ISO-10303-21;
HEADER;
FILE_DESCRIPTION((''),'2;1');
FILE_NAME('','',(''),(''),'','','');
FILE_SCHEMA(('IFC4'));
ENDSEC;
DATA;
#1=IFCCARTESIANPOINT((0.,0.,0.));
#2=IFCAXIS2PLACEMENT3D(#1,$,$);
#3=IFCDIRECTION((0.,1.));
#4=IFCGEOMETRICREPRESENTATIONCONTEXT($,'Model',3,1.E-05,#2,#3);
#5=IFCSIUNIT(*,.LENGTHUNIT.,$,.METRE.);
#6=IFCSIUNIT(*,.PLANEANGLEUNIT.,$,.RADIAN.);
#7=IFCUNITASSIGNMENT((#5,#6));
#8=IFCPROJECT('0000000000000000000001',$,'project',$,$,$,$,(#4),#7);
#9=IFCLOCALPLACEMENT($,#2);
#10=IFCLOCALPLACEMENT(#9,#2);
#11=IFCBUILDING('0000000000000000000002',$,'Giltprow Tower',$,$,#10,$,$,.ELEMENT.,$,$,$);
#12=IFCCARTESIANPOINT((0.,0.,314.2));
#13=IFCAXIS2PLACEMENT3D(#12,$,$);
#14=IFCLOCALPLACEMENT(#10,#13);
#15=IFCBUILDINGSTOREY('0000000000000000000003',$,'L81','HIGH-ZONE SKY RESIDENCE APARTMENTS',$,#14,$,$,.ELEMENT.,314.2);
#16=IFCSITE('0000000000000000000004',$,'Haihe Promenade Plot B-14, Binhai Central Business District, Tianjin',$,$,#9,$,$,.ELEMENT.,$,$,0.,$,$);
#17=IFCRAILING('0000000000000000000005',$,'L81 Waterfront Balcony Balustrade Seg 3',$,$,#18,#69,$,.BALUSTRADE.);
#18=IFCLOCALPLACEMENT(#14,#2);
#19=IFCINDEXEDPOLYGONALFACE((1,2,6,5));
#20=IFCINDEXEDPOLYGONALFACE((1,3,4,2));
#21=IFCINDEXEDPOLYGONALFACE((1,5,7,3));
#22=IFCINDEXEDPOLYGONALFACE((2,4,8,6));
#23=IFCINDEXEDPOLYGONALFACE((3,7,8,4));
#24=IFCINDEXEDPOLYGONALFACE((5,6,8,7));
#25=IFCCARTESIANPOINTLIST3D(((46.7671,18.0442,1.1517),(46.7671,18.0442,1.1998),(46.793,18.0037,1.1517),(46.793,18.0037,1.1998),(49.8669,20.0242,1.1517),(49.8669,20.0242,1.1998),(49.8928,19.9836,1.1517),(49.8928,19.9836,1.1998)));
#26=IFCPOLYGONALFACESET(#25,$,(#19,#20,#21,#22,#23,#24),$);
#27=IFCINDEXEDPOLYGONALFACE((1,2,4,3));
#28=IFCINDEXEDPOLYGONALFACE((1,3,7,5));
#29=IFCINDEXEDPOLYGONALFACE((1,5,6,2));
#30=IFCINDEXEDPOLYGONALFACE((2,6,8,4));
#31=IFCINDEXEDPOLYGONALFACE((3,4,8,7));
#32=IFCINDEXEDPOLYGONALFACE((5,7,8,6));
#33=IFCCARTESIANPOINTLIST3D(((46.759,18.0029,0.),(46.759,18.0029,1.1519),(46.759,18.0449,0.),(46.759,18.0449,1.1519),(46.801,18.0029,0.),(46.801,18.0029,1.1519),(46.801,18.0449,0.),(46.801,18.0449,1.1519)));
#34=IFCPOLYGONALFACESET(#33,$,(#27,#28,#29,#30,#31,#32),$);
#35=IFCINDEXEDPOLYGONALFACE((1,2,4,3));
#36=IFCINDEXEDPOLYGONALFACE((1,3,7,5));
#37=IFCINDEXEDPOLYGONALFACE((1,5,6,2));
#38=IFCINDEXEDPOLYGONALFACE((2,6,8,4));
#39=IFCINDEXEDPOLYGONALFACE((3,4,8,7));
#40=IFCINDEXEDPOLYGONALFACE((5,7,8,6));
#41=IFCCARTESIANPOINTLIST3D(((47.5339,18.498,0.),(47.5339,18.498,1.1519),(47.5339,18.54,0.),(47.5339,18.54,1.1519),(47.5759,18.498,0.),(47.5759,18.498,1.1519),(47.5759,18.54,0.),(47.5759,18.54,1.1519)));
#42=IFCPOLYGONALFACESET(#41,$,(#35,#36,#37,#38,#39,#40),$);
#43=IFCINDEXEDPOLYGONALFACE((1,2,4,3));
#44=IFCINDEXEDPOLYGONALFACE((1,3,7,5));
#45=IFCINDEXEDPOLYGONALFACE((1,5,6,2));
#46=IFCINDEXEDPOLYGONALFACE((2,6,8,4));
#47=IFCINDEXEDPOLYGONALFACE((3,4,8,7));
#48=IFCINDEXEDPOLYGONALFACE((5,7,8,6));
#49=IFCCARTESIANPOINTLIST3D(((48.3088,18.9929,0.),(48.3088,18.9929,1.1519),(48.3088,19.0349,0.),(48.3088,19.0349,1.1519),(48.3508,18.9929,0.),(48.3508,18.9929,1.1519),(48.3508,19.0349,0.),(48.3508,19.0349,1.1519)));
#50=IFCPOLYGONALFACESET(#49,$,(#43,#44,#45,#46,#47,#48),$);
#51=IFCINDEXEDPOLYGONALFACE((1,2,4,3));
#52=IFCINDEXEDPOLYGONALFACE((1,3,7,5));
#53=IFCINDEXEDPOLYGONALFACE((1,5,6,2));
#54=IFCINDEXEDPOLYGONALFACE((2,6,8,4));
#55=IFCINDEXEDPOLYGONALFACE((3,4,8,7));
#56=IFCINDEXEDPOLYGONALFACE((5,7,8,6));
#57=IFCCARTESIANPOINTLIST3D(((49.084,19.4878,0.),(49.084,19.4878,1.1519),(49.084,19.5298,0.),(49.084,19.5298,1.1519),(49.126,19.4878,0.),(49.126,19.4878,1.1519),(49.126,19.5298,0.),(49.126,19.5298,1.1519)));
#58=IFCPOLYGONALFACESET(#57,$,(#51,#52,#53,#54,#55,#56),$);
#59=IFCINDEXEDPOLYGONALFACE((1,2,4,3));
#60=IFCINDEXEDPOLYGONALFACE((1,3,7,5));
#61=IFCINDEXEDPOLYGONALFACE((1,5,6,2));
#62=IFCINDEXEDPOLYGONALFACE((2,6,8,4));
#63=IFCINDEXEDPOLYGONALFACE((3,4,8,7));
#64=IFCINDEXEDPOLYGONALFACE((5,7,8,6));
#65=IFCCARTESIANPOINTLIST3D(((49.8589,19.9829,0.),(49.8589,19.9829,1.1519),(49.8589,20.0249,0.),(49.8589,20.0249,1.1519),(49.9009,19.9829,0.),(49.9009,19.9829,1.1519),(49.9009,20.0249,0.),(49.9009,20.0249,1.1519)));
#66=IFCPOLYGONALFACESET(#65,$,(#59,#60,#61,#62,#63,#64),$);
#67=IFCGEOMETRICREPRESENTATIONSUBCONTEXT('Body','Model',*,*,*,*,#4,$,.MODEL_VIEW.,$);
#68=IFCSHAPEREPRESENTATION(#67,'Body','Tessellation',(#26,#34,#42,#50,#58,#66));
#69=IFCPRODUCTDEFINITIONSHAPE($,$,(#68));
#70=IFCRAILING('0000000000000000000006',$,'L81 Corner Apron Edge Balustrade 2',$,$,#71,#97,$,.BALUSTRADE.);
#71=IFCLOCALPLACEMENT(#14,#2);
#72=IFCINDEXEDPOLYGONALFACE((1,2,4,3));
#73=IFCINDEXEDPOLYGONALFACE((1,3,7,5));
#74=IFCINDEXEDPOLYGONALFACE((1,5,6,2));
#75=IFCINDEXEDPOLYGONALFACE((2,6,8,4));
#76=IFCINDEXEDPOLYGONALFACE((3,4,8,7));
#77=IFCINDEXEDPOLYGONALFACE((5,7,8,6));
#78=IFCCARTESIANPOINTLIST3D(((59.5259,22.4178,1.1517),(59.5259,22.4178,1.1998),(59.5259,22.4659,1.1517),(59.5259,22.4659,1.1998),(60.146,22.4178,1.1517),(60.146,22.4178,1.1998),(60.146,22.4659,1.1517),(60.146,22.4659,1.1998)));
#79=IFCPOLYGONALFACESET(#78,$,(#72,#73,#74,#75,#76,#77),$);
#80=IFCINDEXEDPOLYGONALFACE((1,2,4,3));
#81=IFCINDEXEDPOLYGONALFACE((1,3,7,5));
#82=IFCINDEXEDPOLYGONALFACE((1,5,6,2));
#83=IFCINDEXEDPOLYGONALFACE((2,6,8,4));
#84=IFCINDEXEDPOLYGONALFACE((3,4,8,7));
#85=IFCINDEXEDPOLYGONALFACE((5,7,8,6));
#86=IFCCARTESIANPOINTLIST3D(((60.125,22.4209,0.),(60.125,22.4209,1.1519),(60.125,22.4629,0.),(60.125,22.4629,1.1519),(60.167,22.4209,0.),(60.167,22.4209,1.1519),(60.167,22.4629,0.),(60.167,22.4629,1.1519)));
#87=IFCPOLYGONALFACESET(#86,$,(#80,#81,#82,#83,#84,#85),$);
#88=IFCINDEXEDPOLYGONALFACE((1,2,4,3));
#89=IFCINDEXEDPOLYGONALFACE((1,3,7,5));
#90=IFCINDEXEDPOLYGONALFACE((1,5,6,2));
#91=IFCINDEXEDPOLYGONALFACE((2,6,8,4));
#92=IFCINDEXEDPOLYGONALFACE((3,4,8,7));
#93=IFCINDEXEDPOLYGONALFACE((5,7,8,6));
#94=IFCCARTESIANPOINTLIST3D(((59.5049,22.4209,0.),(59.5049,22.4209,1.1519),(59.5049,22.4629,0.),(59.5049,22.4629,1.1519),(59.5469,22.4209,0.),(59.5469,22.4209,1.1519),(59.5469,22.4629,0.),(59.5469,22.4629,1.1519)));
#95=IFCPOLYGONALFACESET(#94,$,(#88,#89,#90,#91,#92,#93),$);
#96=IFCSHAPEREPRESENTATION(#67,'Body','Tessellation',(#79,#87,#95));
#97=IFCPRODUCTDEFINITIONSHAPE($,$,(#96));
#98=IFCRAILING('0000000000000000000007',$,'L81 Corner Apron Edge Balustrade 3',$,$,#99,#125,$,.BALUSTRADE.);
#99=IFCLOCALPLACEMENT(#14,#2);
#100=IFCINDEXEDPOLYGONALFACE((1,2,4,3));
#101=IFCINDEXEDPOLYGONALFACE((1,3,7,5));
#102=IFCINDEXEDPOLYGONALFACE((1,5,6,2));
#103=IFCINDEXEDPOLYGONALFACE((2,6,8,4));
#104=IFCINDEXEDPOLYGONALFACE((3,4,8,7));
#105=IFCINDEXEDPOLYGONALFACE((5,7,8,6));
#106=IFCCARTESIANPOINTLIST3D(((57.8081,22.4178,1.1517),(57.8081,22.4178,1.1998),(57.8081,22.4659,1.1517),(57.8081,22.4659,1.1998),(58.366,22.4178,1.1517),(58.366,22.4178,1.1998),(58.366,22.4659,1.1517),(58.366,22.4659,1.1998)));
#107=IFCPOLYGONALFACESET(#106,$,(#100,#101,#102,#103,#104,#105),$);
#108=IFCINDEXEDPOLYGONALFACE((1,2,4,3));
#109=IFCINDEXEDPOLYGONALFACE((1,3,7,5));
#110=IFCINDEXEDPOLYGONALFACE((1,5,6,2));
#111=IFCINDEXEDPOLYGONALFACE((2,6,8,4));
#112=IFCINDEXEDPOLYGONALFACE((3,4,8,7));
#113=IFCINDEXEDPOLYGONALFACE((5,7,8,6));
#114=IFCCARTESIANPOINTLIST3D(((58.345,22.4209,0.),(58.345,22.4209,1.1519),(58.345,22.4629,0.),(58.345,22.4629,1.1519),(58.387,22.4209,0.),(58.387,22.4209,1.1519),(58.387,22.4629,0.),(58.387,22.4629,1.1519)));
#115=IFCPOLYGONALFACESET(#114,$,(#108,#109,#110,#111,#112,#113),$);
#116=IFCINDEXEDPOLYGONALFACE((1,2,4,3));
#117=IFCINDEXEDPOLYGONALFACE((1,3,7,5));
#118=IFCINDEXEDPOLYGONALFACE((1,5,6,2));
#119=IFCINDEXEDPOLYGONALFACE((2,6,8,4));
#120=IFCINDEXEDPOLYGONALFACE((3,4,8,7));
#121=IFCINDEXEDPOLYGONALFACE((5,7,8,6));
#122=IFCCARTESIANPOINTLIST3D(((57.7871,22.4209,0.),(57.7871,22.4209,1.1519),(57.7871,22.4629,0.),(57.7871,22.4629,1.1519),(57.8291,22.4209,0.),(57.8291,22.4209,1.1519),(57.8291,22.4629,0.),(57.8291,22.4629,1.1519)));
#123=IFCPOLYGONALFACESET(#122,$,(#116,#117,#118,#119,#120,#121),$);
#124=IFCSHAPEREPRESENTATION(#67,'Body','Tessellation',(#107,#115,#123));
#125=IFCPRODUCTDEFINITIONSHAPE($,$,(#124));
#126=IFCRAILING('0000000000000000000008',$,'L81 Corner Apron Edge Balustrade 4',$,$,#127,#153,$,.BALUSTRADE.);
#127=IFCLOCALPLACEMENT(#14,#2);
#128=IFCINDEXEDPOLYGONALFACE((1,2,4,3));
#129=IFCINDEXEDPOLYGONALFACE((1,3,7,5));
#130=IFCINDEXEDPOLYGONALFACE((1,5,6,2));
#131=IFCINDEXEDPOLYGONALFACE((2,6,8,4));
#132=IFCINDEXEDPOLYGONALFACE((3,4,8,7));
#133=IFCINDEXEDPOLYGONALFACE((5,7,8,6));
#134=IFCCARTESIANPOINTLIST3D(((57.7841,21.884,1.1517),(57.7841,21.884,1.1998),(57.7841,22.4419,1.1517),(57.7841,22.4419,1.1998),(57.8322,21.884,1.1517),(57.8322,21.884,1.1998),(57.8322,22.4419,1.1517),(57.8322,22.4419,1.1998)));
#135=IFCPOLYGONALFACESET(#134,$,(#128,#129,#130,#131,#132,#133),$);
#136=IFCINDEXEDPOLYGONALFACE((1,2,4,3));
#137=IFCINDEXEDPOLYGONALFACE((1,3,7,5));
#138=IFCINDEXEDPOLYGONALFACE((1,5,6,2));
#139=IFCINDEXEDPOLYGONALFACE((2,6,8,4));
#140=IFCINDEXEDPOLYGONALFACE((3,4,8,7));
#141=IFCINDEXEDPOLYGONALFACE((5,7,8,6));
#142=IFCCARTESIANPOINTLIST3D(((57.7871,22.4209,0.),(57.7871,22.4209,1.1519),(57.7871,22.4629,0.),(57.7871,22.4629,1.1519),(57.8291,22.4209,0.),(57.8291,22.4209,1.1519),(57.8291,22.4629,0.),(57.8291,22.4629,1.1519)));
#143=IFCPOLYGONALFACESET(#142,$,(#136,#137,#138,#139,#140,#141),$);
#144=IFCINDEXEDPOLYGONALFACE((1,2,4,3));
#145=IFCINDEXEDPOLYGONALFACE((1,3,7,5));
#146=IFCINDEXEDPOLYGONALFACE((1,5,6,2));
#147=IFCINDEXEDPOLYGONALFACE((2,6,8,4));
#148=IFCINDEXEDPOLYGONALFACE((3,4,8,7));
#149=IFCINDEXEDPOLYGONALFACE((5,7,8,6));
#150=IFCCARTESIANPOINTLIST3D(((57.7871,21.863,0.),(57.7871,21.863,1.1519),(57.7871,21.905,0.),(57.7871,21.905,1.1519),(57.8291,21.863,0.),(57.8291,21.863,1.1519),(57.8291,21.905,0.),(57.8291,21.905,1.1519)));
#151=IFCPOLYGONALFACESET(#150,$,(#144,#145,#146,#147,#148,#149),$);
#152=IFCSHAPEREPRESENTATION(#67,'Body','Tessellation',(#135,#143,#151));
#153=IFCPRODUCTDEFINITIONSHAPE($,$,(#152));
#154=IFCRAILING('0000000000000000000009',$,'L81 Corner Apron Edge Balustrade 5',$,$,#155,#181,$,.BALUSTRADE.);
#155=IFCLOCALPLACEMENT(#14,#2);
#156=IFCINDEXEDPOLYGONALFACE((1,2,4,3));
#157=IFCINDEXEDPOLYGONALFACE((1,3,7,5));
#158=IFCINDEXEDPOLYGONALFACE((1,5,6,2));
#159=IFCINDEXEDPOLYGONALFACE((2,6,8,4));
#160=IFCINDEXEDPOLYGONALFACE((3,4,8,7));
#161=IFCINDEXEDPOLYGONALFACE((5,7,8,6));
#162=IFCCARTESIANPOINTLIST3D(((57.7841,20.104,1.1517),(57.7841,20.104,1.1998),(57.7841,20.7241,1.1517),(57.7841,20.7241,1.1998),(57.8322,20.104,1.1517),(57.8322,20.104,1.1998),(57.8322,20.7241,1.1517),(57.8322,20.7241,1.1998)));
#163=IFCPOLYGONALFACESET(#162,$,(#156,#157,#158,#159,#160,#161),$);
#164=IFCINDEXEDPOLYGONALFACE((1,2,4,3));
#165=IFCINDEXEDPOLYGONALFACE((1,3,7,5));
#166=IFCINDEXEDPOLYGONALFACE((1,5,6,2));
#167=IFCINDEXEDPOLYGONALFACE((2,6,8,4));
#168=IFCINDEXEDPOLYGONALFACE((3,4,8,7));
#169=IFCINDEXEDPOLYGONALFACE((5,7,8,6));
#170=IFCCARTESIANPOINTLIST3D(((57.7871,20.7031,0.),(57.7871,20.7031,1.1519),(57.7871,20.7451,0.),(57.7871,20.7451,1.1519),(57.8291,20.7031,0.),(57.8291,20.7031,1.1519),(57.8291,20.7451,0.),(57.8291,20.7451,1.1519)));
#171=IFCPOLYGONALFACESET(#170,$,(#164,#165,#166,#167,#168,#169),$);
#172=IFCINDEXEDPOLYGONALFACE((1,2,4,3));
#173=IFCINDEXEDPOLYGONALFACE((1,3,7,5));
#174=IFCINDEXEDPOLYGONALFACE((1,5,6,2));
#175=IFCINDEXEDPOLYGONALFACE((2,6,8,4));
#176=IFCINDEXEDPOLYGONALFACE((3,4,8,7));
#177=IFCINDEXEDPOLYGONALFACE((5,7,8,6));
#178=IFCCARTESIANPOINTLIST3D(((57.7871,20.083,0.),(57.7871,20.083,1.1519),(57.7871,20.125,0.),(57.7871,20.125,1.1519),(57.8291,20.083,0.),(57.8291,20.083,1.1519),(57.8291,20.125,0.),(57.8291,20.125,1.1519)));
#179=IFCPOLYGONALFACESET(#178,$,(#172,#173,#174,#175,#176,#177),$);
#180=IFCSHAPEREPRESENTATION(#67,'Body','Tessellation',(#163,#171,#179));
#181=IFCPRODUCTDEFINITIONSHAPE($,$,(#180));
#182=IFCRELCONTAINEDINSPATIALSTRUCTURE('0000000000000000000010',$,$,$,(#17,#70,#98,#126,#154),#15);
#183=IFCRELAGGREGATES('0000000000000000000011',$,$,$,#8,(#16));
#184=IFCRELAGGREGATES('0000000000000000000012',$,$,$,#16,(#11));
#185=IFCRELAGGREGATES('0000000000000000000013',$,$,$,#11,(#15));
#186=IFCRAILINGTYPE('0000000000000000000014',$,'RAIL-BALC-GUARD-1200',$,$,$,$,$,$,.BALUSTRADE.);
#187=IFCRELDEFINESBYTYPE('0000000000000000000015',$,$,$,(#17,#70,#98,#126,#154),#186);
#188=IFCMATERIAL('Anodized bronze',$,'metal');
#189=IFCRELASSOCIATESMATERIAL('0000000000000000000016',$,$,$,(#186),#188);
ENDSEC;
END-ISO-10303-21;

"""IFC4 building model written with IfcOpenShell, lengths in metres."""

from ifc_helpers import new_model, si_unit, direction, frame, origin, origin_2d, place, context, subcontext, project, spatial, rectangle, extrude, material, type_object, element, save


model = new_model("IFC4")

# Units and contexts
model_context = context("Model", 3, precision=1e-05, world=origin(), true_north=direction((0.0, 1.0)))
body_context = subcontext(model_context, "Body", "Model", "MODEL_VIEW")
ifc_project = project(units=[si_unit("LENGTHUNIT", "METRE"), si_unit("PLANEANGLEUNIT", "RADIAN")], contexts=[model_context])

# Site, building, storey
site_placement = place(None, origin())
site = spatial("IfcSite", under=ifc_project, at=site_placement, Name="Haihe Promenade Plot B-14, Binhai Central Business District, Tianjin", CompositionType="ELEMENT", RefElevation=0.0)
building_placement = place(site_placement, origin())
building = spatial("IfcBuilding", under=site, at=building_placement, Name="Giltprow Tower", CompositionType="ELEMENT")
storey_placement = place(building_placement, frame((0.0, 0.0, 314.2)))
storey = spatial("IfcBuildingStorey", under=building, at=storey_placement, Name="L81", Description="HIGH-ZONE SKY RESIDENCE APARTMENTS", CompositionType="ELEMENT", Elevation=314.2)

# Shared definitions
ifc_material_1 = material(Name="Anodized bronze", Category="metal")

# Railings
railing_type = type_object("IfcRailingType", Name="RAIL-BALC-GUARD-1200", PredefinedType="BALUSTRADE", material=ifc_material_1)
railing_1_placement = place(storey_placement, frame((46.78, 18.0239, 0.0)))
element("IfcRailing", 1, at=railing_1_placement, inside=storey, type_object=railing_type, Name="L81 Waterfront Balcony Balustrade Seg 3", PredefinedType="BALUSTRADE", context=body_context, shape_type="SweptSolid", body=[
    extrude(rectangle(XDim=0.0481, YDim=0.0481, at=origin_2d()), frame((0.0, 0.0, 1.1758), z_axis=(0.842756, 0.538296, 0.0), x_axis=(-0.538296, 0.842756, 0.0)), (0.0, 0.0, 1.0), 3.6782),
    extrude(rectangle(XDim=0.042, YDim=0.042, at=origin_2d()), origin(), (0.0, 0.0, 1.0), 1.1519),
    extrude(rectangle(XDim=0.042, YDim=0.042, at=origin_2d()), frame((0.7749, 0.4951, 0.0)), (0.0, 0.0, 1.0), 1.1519),
    extrude(rectangle(XDim=0.042, YDim=0.042, at=origin_2d()), frame((1.5498, 0.99, 0.0)), (0.0, 0.0, 1.0), 1.1519),
    extrude(rectangle(XDim=0.042, YDim=0.042, at=origin_2d()), frame((2.325, 1.4849, 0.0)), (0.0, 0.0, 1.0), 1.1519),
    extrude(rectangle(XDim=0.042, YDim=0.042, at=origin_2d()), frame((3.0999, 1.98, 0.0)), (0.0, 0.0, 1.0), 1.1519),
])
railing_2_placement = place(storey_placement, frame((60.146, 22.4419, 0.0)))
element("IfcRailing", 2, at=railing_2_placement, inside=storey, type_object=railing_type, Name="L81 Corner Apron Edge Balustrade 2", PredefinedType="BALUSTRADE", context=body_context, shape_type="SweptSolid", body=[
    extrude(rectangle(XDim=0.0481, YDim=0.0481, at=origin_2d()), frame((0.0, 0.0, 1.1758), z_axis=(-1.0, 0.0, 0.0), x_axis=(0.0, -1.0, 0.0)), (0.0, 0.0, 1.0), 0.6201),
    extrude(rectangle(XDim=0.042, YDim=0.042, at=origin_2d()), origin(), (0.0, 0.0, 1.0), 1.1519),
    extrude(rectangle(XDim=0.042, YDim=0.042, at=origin_2d()), frame((-0.6201, 0.0, 0.0)), (0.0, 0.0, 1.0), 1.1519),
])
railing_3_placement = place(storey_placement, frame((58.366, 22.4419, 0.0)))
element("IfcRailing", 3, at=railing_3_placement, inside=storey, type_object=railing_type, Name="L81 Corner Apron Edge Balustrade 3", PredefinedType="BALUSTRADE", context=body_context, shape_type="SweptSolid", body=[
    extrude(rectangle(XDim=0.0481, YDim=0.0481, at=origin_2d()), frame((0.0, 0.0, 1.1758), z_axis=(-1.0, 0.0, 0.0), x_axis=(0.0, -1.0, 0.0)), (0.0, 0.0, 1.0), 0.5579),
    extrude(rectangle(XDim=0.042, YDim=0.042, at=origin_2d()), origin(), (0.0, 0.0, 1.0), 1.1519),
    extrude(rectangle(XDim=0.042, YDim=0.042, at=origin_2d()), frame((-0.5579, 0.0, 0.0)), (0.0, 0.0, 1.0), 1.1519),
])
railing_4_placement = place(storey_placement, frame((57.8081, 22.4419, 0.0)))
element("IfcRailing", 4, at=railing_4_placement, inside=storey, type_object=railing_type, Name="L81 Corner Apron Edge Balustrade 4", PredefinedType="BALUSTRADE", context=body_context, shape_type="SweptSolid", body=[
    extrude(rectangle(XDim=0.0481, YDim=0.0481, at=origin_2d()), frame((0.0, 0.0, 1.1758), z_axis=(0.0, -1.0, 0.0), x_axis=(1.0, 0.0, 0.0)), (0.0, 0.0, 1.0), 0.5579),
    extrude(rectangle(XDim=0.042, YDim=0.042, at=origin_2d()), origin(), (0.0, 0.0, 1.0), 1.1519),
    extrude(rectangle(XDim=0.042, YDim=0.042, at=origin_2d()), frame((0.0, -0.5579, 0.0)), (0.0, 0.0, 1.0), 1.1519),
])
railing_5_placement = place(storey_placement, frame((57.8081, 20.7241, 0.0)))
element("IfcRailing", 5, at=railing_5_placement, inside=storey, type_object=railing_type, Name="L81 Corner Apron Edge Balustrade 5", PredefinedType="BALUSTRADE", context=body_context, shape_type="SweptSolid", body=[
    extrude(rectangle(XDim=0.0481, YDim=0.0481, at=origin_2d()), frame((0.0, 0.0, 1.1758), z_axis=(0.0, -1.0, 0.0), x_axis=(1.0, 0.0, 0.0)), (0.0, 0.0, 1.0), 0.6201),
    extrude(rectangle(XDim=0.042, YDim=0.042, at=origin_2d()), origin(), (0.0, 0.0, 1.0), 1.1519),
    extrude(rectangle(XDim=0.042, YDim=0.042, at=origin_2d()), frame((0.0, -0.6201, 0.0)), (0.0, 0.0, 1.0), 1.1519),
])

save(model, "model.ifc")
